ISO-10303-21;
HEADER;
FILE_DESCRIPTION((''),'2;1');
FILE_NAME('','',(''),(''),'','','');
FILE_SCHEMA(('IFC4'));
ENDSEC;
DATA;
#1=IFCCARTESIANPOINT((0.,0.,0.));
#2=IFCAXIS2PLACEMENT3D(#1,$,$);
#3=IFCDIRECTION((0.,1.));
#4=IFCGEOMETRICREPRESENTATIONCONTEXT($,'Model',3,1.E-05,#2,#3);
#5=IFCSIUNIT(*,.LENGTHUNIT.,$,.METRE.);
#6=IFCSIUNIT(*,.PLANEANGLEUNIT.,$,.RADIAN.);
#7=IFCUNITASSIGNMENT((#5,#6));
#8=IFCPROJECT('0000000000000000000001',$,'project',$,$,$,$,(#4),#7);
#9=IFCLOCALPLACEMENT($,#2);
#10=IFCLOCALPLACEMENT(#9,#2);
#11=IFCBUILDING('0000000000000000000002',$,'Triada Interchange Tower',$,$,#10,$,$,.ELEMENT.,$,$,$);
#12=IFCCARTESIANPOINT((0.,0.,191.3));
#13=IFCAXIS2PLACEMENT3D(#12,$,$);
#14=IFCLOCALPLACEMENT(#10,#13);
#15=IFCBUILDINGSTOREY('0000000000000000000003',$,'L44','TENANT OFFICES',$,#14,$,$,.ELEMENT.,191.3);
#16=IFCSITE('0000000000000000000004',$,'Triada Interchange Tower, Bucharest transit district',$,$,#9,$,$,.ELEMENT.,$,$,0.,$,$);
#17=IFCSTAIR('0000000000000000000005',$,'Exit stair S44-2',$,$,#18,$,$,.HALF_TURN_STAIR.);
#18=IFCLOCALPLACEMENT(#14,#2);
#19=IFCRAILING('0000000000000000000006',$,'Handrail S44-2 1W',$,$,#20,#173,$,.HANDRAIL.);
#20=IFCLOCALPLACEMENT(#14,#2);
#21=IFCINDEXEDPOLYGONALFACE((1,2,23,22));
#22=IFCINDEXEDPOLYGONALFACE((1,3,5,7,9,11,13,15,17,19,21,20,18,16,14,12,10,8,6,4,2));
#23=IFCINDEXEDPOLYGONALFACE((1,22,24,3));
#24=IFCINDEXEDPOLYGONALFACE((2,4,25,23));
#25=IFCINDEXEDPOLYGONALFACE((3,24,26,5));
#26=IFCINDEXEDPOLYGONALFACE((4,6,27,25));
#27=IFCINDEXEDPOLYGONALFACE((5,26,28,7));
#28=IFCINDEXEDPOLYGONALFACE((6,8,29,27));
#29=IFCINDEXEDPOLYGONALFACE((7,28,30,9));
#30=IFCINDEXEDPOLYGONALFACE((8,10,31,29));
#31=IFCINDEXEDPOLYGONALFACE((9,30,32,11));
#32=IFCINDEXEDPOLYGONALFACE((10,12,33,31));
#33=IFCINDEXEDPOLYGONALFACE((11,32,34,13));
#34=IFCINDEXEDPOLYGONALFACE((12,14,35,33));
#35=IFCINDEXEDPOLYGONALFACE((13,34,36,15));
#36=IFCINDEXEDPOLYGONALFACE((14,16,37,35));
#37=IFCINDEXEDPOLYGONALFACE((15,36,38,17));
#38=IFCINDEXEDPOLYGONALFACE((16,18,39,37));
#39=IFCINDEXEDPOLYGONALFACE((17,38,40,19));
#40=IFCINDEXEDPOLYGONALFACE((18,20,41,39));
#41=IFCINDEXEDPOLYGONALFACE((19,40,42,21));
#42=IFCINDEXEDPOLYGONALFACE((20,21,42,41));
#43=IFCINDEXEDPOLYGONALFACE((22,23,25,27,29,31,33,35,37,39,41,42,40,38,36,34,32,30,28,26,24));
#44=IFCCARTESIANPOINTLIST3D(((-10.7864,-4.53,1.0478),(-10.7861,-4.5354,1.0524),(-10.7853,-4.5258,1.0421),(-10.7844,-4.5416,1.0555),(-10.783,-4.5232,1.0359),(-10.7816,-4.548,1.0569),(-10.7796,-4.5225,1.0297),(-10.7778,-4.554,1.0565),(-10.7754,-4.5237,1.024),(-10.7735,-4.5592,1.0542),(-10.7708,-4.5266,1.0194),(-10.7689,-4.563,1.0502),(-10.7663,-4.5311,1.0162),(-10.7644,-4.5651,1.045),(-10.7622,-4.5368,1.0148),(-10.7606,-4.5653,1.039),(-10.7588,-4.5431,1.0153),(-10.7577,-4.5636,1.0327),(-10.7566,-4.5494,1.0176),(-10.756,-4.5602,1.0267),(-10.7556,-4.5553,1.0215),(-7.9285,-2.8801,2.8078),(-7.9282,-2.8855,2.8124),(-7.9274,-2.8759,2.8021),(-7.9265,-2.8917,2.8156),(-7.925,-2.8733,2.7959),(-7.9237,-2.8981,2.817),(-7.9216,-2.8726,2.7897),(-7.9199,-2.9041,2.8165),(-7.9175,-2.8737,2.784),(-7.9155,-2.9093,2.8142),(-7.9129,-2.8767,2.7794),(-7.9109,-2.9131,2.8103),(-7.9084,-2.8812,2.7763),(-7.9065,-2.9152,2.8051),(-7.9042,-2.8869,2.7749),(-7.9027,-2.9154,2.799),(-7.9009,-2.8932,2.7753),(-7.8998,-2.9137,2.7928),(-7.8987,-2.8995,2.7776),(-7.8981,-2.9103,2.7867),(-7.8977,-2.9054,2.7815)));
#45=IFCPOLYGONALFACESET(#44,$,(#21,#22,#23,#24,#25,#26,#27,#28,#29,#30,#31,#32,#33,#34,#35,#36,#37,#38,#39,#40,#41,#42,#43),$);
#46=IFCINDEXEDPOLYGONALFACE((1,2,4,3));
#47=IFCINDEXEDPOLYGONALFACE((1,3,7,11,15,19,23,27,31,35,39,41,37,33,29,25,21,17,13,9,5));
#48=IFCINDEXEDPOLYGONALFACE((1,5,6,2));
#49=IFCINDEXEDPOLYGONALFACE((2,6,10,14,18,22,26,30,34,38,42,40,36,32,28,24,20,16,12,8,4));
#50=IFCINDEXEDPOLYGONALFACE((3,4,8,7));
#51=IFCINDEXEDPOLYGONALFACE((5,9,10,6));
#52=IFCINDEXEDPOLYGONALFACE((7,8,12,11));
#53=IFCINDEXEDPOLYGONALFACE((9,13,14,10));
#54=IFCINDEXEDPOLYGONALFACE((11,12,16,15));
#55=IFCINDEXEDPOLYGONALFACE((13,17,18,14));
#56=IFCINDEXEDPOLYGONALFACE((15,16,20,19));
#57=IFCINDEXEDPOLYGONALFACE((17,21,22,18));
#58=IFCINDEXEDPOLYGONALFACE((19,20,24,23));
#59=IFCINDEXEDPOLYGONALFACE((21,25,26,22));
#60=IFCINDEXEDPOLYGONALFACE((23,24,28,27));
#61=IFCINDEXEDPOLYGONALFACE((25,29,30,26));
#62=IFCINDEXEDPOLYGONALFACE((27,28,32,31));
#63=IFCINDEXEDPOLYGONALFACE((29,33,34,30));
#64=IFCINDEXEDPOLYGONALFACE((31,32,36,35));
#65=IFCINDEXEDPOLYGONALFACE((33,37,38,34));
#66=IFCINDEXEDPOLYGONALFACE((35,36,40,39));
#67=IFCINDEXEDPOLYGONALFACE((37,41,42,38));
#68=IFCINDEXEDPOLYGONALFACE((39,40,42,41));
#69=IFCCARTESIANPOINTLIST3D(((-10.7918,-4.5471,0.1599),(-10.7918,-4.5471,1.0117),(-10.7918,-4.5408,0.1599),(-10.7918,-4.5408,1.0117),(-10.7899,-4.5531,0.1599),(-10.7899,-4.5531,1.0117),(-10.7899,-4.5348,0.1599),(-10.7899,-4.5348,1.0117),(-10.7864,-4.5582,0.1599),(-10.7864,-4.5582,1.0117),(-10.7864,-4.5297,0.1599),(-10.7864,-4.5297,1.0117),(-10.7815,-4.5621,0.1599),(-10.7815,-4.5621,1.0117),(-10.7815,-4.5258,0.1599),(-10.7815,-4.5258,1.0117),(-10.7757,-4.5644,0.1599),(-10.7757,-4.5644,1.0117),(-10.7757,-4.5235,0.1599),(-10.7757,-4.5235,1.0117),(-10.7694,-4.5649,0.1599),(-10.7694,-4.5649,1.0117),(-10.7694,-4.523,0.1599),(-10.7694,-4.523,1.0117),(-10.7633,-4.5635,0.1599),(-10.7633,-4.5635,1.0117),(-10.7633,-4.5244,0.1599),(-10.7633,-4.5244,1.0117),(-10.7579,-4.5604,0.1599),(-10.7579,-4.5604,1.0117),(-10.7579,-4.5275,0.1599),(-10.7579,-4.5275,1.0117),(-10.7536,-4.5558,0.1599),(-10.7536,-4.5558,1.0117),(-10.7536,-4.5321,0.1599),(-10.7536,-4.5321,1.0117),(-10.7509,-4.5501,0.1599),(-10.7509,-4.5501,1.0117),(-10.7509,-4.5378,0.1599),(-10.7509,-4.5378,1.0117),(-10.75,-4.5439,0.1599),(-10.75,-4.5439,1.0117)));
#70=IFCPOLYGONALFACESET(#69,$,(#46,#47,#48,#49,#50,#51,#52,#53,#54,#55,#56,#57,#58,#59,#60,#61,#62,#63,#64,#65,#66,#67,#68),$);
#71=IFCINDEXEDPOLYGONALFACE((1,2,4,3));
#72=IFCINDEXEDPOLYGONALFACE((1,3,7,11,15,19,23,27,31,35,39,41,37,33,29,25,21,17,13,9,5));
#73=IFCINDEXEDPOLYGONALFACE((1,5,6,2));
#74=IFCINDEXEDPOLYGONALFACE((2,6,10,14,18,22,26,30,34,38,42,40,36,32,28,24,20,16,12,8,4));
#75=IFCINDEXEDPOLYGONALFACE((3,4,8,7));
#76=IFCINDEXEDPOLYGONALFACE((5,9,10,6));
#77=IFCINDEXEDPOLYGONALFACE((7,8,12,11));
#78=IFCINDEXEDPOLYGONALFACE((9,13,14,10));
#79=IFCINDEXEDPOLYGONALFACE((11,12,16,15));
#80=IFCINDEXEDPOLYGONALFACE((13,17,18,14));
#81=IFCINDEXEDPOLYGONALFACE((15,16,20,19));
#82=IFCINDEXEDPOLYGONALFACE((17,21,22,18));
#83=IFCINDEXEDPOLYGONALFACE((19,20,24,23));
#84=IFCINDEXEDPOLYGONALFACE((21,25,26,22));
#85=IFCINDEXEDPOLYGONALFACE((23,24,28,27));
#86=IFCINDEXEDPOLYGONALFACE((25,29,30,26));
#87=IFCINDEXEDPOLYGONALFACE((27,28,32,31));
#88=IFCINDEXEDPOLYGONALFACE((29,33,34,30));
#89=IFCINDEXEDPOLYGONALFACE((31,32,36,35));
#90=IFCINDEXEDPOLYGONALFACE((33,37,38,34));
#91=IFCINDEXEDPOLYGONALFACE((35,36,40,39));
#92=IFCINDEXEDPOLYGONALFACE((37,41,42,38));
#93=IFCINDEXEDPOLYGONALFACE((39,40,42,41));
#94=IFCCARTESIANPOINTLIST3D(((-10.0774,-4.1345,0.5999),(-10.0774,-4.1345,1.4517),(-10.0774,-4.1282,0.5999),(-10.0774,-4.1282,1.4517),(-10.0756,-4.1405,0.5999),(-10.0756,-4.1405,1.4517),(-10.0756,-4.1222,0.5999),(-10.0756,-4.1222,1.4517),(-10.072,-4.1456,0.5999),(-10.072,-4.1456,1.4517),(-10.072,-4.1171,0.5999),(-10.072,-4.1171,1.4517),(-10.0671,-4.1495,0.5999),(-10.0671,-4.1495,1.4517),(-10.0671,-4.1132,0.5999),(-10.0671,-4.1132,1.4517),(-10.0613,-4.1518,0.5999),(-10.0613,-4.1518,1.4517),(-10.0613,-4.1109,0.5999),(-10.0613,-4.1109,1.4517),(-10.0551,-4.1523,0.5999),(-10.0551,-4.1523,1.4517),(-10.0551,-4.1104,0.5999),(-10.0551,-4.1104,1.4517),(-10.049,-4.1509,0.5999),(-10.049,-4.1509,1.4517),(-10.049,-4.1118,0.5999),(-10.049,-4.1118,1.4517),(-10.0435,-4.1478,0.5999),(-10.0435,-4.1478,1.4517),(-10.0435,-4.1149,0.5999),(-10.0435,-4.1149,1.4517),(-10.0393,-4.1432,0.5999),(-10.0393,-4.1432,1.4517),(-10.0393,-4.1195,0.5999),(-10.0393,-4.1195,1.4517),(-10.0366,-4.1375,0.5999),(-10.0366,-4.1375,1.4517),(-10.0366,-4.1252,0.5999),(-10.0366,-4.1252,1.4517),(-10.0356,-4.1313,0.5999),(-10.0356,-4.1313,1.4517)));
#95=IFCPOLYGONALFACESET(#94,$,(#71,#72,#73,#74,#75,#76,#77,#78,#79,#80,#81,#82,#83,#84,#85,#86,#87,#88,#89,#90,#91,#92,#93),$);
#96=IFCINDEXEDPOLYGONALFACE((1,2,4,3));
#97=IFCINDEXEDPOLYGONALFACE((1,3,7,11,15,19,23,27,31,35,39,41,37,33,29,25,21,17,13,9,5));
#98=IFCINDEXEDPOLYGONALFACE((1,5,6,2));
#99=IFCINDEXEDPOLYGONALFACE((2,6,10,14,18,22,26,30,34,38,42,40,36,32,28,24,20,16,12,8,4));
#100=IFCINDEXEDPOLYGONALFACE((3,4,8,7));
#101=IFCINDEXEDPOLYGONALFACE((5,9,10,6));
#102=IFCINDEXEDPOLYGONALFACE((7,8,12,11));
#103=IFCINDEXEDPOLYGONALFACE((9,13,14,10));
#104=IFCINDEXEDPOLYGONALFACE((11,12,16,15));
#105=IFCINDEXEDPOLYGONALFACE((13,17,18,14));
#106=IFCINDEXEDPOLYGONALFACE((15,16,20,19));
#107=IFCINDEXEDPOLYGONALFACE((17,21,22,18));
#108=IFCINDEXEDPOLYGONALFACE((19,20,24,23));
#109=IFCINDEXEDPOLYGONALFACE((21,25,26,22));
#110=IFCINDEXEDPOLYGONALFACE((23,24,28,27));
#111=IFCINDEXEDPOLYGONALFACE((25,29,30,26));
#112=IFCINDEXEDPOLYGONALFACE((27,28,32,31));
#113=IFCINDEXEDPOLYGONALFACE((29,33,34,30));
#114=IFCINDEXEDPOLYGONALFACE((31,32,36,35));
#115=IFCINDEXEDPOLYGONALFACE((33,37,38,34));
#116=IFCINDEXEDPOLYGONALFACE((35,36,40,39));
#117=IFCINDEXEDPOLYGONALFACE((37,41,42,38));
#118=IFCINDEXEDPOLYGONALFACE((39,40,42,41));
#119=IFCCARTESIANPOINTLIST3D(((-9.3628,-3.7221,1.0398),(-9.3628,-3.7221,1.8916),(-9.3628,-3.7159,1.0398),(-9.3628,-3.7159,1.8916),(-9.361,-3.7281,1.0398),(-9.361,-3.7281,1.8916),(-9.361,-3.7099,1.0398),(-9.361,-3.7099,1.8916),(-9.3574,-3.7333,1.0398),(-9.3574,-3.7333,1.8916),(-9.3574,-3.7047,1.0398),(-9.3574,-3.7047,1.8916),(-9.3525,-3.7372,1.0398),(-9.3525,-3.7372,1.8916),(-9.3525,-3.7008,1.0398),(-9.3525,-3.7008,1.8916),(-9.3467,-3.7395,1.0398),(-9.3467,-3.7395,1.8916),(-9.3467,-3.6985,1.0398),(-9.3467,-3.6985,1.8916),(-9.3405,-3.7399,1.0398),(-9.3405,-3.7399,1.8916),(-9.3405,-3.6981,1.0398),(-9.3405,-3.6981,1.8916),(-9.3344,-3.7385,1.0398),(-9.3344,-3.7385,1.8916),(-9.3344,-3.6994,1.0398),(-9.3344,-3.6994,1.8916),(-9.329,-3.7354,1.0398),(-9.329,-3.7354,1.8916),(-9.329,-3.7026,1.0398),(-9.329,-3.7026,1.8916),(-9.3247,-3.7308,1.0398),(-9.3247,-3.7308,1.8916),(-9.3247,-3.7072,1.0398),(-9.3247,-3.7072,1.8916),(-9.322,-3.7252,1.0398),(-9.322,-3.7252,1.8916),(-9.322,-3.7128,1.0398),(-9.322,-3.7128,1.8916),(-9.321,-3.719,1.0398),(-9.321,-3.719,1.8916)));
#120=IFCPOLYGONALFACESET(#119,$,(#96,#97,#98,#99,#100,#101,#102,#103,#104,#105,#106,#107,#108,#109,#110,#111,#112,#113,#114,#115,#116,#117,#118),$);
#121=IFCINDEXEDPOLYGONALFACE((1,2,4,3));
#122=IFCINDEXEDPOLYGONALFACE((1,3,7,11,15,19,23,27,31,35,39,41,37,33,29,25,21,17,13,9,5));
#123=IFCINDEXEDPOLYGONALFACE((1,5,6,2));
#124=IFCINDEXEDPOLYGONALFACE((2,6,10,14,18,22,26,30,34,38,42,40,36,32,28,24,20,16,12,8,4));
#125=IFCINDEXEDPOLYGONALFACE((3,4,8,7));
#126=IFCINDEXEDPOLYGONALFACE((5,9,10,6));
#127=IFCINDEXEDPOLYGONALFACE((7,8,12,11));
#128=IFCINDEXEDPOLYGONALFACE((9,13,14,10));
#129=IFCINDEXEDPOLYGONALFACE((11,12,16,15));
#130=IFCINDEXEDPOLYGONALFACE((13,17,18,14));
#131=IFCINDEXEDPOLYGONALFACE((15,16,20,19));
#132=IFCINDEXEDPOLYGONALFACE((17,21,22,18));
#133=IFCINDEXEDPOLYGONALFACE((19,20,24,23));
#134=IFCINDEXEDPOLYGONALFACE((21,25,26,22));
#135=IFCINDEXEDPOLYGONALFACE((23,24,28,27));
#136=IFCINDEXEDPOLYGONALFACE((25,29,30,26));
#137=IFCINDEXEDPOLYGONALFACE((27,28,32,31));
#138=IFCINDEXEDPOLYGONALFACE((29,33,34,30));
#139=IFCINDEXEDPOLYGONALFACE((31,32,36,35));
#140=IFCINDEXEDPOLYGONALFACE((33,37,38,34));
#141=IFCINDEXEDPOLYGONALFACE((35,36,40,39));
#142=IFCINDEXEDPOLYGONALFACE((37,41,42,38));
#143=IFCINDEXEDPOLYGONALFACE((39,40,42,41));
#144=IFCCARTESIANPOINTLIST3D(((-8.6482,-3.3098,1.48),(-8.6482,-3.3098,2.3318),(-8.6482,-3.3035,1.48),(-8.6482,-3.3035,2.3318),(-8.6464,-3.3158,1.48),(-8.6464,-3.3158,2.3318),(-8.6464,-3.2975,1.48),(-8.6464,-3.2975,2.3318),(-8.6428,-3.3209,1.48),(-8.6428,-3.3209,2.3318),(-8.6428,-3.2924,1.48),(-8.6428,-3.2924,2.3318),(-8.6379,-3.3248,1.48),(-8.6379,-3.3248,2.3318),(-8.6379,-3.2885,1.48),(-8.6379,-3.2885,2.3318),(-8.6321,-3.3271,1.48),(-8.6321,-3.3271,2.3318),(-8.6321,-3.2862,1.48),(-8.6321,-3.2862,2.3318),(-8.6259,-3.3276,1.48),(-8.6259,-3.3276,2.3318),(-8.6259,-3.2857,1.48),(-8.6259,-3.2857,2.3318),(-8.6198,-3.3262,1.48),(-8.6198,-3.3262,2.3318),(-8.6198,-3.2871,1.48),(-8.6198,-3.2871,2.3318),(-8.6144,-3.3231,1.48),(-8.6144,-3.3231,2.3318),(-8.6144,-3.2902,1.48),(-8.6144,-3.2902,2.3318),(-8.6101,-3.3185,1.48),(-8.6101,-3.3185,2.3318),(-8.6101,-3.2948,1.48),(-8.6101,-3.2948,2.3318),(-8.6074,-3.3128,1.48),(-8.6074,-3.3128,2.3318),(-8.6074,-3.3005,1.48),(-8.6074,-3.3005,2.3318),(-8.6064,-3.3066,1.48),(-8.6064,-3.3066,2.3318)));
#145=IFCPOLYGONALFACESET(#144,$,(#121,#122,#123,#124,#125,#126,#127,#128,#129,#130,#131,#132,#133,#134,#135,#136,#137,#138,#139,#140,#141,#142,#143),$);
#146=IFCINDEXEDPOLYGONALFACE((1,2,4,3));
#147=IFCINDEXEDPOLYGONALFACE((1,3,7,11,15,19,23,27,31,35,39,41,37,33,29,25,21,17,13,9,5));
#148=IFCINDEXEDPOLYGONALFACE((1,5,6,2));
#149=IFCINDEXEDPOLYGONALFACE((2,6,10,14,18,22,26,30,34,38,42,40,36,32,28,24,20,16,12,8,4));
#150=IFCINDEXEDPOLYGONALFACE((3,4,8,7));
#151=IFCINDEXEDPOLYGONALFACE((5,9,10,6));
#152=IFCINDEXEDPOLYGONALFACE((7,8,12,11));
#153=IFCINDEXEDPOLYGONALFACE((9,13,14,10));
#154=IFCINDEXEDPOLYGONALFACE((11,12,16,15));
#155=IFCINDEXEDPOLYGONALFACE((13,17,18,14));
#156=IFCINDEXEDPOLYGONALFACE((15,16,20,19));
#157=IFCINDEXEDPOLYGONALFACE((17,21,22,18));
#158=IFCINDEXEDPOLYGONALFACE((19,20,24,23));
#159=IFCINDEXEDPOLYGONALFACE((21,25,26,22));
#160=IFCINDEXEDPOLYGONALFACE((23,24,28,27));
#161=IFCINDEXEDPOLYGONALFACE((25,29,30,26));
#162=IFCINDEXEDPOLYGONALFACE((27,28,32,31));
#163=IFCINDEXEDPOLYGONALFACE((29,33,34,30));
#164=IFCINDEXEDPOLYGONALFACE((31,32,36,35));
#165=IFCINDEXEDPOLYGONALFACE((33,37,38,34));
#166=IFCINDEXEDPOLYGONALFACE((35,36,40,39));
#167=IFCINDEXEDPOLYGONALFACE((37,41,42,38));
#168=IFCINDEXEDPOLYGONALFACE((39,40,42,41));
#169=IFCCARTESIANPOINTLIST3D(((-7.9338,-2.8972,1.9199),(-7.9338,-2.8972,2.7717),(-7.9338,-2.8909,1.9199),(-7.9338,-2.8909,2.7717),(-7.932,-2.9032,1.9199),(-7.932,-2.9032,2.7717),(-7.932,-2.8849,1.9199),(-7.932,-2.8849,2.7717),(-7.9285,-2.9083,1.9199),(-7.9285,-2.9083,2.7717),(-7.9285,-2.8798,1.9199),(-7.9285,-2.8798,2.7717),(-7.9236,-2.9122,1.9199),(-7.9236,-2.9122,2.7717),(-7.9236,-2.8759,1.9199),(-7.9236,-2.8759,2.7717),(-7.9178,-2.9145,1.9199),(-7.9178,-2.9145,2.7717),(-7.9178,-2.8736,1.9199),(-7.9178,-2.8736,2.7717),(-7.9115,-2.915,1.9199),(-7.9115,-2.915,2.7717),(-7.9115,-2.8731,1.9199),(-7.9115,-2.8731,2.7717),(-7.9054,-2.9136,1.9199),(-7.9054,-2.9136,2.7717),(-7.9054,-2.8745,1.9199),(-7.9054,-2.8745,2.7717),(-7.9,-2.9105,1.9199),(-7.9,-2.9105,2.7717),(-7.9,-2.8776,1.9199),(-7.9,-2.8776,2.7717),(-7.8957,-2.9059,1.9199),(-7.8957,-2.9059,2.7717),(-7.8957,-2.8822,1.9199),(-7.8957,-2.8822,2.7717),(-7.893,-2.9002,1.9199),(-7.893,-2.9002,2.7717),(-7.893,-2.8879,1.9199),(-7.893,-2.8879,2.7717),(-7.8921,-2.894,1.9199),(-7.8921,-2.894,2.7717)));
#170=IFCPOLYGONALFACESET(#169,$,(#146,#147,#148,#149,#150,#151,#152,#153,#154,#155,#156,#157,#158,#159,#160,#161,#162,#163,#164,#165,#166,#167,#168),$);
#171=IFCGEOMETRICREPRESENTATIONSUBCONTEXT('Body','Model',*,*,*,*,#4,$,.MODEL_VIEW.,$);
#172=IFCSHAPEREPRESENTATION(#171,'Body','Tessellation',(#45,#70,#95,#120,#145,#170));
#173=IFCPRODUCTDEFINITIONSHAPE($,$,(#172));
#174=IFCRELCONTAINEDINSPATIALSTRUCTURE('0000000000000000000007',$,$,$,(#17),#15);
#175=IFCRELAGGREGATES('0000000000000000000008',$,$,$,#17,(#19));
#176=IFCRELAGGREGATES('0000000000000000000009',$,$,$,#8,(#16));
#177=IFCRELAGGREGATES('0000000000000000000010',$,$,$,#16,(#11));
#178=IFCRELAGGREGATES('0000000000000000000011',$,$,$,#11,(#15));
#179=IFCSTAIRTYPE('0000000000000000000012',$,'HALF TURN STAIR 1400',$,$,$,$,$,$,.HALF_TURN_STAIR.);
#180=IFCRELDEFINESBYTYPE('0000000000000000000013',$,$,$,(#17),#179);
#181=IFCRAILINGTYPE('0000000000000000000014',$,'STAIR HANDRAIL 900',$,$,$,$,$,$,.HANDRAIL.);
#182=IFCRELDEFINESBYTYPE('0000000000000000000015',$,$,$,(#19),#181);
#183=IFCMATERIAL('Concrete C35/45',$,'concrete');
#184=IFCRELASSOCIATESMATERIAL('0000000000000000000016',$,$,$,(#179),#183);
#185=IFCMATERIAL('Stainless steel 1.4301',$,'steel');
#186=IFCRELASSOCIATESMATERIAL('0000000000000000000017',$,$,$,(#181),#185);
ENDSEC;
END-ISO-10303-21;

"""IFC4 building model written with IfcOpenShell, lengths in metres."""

from ifc_helpers import new_model, si_unit, direction, frame, origin, origin_2d, place, context, subcontext, project, spatial, circle, extrude, material, type_object, element, aggregate, save


model = new_model("IFC4")

# Units and contexts
model_context = context("Model", 3, precision=1e-05, world=origin(), true_north=direction((0.0, 1.0)))
body_context = subcontext(model_context, "Body", "Model", "MODEL_VIEW")
ifc_project = project(units=[si_unit("LENGTHUNIT", "METRE"), si_unit("PLANEANGLEUNIT", "RADIAN")], contexts=[model_context])

# Site, building, storey
site_placement = place(None, origin())
site = spatial("IfcSite", under=ifc_project, at=site_placement, Name="Triada Interchange Tower, Bucharest transit district", CompositionType="ELEMENT", RefElevation=0.0)
building_placement = place(site_placement, origin())
building = spatial("IfcBuilding", under=site, at=building_placement, Name="Triada Interchange Tower", CompositionType="ELEMENT")
storey_placement = place(building_placement, frame((0.0, 0.0, 191.3)))
storey = spatial("IfcBuildingStorey", under=building, at=storey_placement, Name="L44", Description="TENANT OFFICES", CompositionType="ELEMENT", Elevation=191.3)

# Stair
ifc_material_1 = material(Name="Concrete C35/45", Category="concrete")
stair_type = type_object("IfcStairType", Name="HALF TURN STAIR 1400", PredefinedType="HALF_TURN_STAIR", material=ifc_material_1)
stair_placement = place(storey_placement, origin())
stair = element("IfcStair", 1, at=stair_placement, inside=storey, type_object=stair_type, Name="Exit stair S44-2", PredefinedType="HALF_TURN_STAIR")

# Railing
ifc_material_2 = material(Name="Stainless steel 1.4301", Category="steel")
railing_type = type_object("IfcRailingType", Name="STAIR HANDRAIL 900", PredefinedType="HANDRAIL", material=ifc_material_2)
railing_1_placement = place(storey_placement, frame((-10.771, -4.5439, 0.1599)))
railing_1 = element("IfcRailing", 2, at=railing_1_placement, type_object=railing_type, Name="Handrail S44-2 1W", PredefinedType="HANDRAIL", context=body_context, shape_type="SweptSolid", body=[
    extrude(circle(Radius=0.0239, at=origin_2d()), frame((0.0, 0.0, 0.876), z_axis=(0.764151, 0.441153, 0.470593), x_axis=(-0.499974, 0.86604, 0.0)), (0.0, 0.0, 1.0), 3.74),
    extrude(circle(Radius=0.021, at=origin_2d()), origin(), (0.0, 0.0, 1.0), 0.8518),
    extrude(circle(Radius=0.021, at=origin_2d()), frame((0.7144, 0.4126, 0.4399)), (0.0, 0.0, 1.0), 0.8518),
    extrude(circle(Radius=0.021, at=origin_2d()), frame((1.429, 0.825, 0.8799)), (0.0, 0.0, 1.0), 0.8518),
    extrude(circle(Radius=0.021, at=origin_2d()), frame((2.1436, 1.2373, 1.3201)), (0.0, 0.0, 1.0), 0.8518),
    extrude(circle(Radius=0.021, at=origin_2d()), frame((2.8579, 1.6499, 1.76)), (0.0, 0.0, 1.0), 0.8518),
])
aggregate(stair, [railing_1])

save(model, "model.ifc")
